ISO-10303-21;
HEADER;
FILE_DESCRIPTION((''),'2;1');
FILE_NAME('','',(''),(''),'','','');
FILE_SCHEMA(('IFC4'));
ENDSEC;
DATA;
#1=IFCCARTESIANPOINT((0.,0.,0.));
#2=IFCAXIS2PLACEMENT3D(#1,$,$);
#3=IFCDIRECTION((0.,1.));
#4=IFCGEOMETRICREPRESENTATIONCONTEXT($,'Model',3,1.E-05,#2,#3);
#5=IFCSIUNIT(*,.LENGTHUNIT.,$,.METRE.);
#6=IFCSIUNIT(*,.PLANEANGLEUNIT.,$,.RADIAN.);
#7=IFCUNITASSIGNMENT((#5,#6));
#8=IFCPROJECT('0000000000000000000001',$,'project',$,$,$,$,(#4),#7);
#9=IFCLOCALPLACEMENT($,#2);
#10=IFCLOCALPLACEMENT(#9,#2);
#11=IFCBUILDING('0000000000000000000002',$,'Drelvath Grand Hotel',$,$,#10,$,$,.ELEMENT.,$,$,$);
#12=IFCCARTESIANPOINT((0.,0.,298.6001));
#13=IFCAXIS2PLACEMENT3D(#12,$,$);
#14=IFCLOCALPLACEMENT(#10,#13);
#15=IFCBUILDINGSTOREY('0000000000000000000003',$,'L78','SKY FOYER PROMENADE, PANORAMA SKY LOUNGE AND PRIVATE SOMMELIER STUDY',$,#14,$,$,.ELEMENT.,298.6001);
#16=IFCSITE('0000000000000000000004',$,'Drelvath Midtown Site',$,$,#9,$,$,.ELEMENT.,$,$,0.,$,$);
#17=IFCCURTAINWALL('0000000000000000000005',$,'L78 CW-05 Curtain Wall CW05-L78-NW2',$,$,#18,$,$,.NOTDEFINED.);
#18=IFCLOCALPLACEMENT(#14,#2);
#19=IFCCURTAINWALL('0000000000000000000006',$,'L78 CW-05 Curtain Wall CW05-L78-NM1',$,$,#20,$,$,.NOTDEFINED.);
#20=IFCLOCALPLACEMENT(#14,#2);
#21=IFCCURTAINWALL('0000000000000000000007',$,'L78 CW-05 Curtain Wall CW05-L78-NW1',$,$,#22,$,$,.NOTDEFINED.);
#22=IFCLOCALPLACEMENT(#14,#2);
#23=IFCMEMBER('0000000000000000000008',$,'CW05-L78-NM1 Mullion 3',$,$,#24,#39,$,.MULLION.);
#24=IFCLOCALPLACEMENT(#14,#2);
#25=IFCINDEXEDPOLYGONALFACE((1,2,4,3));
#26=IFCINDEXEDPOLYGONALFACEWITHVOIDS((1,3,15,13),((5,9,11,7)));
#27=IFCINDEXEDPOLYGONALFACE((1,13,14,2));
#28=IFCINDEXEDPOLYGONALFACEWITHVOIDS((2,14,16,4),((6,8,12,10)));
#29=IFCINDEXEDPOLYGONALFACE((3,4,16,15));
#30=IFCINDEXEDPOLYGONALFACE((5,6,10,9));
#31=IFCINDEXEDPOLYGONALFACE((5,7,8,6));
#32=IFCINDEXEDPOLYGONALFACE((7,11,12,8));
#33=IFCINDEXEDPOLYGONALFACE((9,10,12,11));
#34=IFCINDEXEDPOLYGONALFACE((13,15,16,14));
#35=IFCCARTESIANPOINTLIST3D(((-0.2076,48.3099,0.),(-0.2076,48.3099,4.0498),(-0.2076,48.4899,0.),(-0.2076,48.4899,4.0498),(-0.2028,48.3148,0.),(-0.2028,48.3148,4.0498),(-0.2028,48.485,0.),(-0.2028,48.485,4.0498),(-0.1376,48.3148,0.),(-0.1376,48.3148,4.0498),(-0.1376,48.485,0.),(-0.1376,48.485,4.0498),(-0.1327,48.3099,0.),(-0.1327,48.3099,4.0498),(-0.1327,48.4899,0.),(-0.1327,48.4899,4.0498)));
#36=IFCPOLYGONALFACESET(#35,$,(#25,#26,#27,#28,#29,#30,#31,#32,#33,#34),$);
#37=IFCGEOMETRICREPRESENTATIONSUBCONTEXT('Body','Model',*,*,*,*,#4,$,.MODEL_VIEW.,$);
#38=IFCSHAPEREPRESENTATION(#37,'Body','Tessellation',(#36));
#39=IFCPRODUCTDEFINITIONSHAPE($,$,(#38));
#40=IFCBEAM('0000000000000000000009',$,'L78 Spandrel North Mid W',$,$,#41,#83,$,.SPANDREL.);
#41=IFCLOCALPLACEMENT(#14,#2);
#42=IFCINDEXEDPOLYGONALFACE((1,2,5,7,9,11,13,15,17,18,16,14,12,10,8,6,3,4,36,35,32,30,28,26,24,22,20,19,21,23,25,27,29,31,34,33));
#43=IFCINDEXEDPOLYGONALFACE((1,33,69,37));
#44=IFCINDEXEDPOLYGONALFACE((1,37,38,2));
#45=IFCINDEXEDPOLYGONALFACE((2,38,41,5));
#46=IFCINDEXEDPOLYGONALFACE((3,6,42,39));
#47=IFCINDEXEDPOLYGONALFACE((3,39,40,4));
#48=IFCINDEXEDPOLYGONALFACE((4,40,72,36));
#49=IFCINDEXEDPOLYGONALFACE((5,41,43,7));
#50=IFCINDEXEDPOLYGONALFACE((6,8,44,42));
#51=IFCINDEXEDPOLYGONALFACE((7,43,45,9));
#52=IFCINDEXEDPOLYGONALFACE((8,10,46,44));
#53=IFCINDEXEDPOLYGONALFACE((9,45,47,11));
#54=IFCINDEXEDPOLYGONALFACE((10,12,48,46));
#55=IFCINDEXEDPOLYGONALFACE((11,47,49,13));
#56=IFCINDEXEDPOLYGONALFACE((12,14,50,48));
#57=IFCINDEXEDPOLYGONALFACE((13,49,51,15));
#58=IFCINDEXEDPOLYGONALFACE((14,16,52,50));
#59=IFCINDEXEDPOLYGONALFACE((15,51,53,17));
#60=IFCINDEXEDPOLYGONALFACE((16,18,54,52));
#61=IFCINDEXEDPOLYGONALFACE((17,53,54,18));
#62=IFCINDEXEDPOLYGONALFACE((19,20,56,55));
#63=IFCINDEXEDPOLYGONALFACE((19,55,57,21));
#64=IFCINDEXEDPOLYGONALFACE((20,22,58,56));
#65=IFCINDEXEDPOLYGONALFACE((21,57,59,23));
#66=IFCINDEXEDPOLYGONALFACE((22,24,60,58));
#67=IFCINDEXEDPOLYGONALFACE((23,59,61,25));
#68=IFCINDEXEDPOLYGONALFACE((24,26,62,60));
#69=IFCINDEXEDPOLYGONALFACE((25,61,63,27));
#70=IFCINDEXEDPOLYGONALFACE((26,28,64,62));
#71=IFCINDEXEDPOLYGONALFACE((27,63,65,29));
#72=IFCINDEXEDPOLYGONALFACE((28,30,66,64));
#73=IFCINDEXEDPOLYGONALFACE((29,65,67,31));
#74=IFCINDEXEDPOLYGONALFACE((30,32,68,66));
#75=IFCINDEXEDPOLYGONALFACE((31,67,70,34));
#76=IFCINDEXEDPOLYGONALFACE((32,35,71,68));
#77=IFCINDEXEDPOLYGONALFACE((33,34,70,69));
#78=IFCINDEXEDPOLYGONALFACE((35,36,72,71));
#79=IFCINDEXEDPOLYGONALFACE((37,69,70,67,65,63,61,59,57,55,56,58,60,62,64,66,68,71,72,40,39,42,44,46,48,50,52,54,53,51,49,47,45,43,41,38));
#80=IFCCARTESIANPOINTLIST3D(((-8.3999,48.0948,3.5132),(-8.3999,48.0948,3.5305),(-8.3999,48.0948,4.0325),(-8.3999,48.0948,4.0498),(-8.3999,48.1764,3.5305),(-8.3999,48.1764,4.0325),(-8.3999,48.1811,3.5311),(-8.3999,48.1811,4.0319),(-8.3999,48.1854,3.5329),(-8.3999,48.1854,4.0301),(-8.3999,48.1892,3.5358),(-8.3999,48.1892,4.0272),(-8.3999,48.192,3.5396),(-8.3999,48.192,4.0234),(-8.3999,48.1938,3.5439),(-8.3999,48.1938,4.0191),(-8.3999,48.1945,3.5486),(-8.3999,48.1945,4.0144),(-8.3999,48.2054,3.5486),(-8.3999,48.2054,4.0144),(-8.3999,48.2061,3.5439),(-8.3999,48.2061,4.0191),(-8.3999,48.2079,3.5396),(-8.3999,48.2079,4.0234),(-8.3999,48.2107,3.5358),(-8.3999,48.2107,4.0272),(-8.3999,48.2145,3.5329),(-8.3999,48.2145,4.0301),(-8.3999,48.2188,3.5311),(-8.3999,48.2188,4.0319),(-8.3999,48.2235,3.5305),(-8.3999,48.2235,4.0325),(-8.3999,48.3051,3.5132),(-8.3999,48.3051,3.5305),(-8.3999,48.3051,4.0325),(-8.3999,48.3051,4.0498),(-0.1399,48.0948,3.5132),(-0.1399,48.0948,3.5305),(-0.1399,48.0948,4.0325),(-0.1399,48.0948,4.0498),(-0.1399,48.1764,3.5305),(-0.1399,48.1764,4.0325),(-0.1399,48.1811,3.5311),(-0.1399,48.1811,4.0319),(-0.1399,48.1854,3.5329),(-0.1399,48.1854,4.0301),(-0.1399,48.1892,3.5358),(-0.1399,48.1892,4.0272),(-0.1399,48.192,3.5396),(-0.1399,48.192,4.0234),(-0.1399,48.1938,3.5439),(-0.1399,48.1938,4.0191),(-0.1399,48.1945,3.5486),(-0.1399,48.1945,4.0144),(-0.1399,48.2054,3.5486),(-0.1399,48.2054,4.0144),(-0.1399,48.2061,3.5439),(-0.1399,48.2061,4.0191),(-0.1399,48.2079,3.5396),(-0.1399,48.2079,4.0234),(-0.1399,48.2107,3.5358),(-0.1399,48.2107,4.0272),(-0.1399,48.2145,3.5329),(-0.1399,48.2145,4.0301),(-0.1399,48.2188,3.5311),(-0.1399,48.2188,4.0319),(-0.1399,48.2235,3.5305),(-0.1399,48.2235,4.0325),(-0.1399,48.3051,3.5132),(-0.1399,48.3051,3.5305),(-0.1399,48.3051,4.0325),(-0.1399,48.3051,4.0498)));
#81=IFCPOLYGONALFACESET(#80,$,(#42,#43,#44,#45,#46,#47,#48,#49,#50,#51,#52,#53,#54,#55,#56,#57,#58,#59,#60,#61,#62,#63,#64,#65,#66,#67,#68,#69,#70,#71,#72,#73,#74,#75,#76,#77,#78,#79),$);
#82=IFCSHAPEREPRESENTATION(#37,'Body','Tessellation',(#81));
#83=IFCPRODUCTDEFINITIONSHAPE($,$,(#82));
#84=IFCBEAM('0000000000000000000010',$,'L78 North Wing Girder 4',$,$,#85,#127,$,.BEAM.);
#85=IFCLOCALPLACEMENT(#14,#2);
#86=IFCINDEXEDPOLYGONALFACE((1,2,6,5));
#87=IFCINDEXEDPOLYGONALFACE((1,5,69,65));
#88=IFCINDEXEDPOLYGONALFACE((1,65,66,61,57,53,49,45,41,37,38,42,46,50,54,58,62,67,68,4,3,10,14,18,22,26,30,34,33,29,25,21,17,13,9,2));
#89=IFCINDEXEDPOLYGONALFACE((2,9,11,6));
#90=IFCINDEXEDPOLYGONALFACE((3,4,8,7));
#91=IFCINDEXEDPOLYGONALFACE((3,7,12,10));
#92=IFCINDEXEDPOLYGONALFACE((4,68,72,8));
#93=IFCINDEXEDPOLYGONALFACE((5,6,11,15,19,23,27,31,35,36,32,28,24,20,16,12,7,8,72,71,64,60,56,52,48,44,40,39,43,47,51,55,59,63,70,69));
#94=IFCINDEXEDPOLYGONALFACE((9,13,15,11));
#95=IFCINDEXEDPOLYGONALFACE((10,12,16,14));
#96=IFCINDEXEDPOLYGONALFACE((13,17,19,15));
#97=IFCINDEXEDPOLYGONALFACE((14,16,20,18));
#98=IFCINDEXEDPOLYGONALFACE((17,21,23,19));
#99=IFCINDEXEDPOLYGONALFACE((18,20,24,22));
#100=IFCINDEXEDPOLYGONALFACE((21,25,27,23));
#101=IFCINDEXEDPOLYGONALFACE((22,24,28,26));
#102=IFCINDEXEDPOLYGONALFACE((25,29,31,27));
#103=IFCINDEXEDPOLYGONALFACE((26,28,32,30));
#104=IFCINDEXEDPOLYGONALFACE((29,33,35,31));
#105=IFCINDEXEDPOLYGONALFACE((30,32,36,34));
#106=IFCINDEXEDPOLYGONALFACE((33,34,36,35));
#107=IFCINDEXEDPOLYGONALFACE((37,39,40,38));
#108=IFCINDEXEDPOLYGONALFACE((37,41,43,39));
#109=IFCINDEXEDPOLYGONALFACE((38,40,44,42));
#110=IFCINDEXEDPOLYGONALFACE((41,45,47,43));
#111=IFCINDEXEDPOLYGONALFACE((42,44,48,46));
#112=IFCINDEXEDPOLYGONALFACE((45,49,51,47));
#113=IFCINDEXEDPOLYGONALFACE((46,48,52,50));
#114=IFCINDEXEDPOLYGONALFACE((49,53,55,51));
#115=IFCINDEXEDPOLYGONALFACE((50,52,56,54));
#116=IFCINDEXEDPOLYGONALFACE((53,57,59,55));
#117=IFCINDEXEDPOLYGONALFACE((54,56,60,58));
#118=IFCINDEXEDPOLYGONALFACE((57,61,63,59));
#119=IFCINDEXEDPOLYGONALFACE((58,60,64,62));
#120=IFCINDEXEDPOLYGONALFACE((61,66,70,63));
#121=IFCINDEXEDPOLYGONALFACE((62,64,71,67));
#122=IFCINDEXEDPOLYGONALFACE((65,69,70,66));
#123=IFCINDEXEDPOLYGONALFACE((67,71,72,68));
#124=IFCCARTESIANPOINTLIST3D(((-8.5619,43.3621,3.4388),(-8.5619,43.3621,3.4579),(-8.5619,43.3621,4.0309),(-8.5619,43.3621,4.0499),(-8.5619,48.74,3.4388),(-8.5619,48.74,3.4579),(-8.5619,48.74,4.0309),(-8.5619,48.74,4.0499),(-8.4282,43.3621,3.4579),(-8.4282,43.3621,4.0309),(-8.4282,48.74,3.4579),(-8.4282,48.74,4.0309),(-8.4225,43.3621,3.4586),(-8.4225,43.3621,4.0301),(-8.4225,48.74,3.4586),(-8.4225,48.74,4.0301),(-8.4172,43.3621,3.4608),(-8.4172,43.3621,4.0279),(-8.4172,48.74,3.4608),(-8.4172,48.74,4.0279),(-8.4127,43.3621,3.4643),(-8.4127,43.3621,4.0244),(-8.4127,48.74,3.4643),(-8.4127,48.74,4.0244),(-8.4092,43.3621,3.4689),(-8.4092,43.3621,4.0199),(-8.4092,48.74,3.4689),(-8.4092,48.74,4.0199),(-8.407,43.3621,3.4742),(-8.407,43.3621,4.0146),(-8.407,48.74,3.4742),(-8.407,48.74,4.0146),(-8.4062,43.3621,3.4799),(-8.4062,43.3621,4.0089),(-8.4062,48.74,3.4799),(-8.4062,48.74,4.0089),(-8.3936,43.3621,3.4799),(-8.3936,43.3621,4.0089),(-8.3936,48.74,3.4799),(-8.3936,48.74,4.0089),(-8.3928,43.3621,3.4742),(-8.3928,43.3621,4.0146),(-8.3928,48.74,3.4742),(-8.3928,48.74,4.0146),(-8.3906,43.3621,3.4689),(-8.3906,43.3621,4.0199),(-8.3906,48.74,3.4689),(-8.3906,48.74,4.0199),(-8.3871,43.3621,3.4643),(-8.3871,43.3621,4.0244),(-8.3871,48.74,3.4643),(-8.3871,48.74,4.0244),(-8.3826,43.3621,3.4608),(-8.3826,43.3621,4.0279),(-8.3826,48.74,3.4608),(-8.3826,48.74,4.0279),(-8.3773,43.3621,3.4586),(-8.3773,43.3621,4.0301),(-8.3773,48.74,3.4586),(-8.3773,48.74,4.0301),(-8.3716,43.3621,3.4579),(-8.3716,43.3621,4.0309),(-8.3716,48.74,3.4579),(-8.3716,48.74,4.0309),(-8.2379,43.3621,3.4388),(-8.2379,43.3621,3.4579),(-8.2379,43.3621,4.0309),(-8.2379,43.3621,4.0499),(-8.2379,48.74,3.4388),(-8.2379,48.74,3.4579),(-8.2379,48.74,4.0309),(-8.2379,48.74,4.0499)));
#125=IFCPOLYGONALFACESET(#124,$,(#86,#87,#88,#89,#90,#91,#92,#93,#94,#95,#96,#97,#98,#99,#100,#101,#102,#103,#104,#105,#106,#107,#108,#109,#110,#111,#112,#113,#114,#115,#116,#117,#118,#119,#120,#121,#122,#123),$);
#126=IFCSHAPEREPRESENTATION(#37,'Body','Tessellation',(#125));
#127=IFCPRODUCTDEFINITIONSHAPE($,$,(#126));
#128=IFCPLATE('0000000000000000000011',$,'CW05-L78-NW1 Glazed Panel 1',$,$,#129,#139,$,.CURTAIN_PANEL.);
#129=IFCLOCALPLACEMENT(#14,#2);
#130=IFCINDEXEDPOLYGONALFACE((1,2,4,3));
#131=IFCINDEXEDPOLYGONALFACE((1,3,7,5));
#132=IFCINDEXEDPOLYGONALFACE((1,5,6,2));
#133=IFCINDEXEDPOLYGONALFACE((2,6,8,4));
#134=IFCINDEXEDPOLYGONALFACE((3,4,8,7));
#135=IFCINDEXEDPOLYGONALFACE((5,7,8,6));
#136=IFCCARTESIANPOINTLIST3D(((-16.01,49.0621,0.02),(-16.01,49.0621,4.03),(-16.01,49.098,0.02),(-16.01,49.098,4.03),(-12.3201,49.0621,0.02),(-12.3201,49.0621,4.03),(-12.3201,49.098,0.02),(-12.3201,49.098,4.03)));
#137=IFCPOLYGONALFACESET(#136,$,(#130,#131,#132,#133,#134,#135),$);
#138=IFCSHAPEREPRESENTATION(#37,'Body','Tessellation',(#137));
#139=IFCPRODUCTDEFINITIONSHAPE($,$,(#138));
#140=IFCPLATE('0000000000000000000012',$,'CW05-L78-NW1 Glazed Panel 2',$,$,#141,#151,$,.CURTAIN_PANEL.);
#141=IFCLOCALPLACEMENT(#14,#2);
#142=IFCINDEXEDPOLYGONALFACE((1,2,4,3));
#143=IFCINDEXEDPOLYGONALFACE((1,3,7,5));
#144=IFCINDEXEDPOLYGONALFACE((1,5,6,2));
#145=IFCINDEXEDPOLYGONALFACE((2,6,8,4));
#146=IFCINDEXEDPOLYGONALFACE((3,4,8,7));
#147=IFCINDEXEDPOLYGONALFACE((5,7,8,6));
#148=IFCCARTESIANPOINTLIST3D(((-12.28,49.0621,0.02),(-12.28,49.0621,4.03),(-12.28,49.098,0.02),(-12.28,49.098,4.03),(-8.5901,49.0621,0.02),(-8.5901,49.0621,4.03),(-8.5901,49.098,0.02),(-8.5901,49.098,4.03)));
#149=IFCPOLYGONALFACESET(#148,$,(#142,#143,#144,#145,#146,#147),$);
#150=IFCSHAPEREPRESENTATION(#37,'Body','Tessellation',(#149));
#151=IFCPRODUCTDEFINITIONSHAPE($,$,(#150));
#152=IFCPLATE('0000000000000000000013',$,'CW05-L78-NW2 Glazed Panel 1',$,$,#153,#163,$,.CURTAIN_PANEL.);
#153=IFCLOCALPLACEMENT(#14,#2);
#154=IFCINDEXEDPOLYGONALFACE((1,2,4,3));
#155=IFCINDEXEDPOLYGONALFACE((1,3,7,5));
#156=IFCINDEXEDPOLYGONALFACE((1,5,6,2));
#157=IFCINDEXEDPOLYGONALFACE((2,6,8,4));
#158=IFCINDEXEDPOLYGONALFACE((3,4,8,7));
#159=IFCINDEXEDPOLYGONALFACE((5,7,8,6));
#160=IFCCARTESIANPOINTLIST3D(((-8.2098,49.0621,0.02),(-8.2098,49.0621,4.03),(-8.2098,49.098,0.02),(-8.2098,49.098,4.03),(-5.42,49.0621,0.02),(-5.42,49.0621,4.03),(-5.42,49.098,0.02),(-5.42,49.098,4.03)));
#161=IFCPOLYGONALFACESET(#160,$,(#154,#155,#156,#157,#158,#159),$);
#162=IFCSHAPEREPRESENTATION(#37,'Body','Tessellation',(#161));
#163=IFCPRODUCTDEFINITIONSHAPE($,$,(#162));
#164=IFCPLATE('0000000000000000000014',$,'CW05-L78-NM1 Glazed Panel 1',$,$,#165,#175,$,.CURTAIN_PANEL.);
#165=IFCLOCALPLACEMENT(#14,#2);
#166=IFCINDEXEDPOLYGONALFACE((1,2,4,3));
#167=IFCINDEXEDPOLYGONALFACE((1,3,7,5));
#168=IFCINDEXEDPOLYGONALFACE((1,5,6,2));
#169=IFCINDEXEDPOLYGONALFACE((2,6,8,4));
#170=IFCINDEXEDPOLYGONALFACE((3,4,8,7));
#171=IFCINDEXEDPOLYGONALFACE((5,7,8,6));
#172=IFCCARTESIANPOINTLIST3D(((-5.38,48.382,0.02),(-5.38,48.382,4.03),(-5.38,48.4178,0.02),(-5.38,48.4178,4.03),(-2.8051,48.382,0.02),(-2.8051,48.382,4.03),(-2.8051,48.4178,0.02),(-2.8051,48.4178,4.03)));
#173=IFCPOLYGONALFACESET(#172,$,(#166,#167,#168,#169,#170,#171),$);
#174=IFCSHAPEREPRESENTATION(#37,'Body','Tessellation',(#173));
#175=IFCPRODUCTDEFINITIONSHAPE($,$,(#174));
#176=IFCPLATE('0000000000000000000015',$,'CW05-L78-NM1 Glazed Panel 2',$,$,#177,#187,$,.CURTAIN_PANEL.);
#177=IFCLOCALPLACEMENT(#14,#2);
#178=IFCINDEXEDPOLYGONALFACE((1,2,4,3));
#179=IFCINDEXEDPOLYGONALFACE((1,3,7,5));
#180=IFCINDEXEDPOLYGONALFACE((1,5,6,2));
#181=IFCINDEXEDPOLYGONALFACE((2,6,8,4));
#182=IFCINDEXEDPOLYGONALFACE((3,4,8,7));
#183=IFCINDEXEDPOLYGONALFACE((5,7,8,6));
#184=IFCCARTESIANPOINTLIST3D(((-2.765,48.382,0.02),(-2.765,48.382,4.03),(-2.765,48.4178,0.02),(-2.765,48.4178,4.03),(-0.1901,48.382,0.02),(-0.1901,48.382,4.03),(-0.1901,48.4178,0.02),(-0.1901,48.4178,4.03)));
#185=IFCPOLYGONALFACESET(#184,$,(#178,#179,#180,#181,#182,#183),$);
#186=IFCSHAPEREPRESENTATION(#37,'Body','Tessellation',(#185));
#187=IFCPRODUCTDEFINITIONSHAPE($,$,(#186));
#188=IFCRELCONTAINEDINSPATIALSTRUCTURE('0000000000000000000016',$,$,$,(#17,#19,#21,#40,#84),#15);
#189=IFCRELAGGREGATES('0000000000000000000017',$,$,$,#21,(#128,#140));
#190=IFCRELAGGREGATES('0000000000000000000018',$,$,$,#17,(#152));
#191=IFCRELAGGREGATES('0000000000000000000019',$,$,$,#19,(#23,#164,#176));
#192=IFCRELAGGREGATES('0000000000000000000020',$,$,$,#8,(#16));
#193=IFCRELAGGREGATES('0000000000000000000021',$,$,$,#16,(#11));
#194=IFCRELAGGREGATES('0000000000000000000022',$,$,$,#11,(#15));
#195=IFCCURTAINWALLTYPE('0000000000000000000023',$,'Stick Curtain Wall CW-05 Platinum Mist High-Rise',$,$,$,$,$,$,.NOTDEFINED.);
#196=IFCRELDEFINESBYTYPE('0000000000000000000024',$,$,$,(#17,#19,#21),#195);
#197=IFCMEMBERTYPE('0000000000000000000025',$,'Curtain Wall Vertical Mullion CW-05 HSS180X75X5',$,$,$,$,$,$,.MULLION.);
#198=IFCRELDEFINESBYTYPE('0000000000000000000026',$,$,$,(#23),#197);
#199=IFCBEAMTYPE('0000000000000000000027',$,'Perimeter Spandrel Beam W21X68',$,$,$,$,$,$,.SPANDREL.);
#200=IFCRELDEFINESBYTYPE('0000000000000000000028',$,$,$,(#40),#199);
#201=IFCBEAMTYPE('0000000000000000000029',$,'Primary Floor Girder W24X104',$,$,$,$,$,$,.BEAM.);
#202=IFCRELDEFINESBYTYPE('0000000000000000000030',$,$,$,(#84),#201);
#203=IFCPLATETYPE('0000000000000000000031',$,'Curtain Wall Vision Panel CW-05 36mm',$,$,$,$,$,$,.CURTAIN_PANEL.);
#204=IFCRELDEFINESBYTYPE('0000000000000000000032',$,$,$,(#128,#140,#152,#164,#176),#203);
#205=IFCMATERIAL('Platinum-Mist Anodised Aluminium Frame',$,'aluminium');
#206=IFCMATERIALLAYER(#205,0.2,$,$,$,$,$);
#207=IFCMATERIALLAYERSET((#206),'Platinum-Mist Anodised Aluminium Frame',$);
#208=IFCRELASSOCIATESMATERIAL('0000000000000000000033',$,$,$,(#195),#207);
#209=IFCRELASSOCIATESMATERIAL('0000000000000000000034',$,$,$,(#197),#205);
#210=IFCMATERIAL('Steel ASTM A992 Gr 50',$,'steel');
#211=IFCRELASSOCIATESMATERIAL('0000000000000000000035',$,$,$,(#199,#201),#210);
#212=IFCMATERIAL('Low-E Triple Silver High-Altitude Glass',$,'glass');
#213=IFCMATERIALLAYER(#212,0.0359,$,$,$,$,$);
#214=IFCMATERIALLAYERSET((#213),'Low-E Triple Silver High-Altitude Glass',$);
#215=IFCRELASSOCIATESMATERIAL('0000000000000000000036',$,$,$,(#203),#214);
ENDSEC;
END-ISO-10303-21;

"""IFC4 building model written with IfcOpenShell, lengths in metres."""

from ifc_helpers import new_model, si_unit, direction, frame, origin, origin_2d, place, context, subcontext, project, spatial, rectangle, hollow_rectangle, i_section, extrude, material, layer, layer_set, material_profile, profile_set, type_object, element, aggregate, save


model = new_model("IFC4")

# Units and contexts
model_context = context("Model", 3, precision=1e-05, world=origin(), true_north=direction((0.0, 1.0)))
body_context = subcontext(model_context, "Body", "Model", "MODEL_VIEW")
ifc_project = project(units=[si_unit("LENGTHUNIT", "METRE"), si_unit("PLANEANGLEUNIT", "RADIAN")], contexts=[model_context])

# Site, building, storey
site_placement = place(None, origin())
site = spatial("IfcSite", under=ifc_project, at=site_placement, Name="Drelvath Midtown Site", CompositionType="ELEMENT", RefElevation=0.0)
building_placement = place(site_placement, origin())
building = spatial("IfcBuilding", under=site, at=building_placement, Name="Drelvath Grand Hotel", CompositionType="ELEMENT")
storey_placement = place(building_placement, frame((0.0, 0.0, 298.6001)))
storey = spatial("IfcBuildingStorey", under=building, at=storey_placement, Name="L78", Description="SKY FOYER PROMENADE, PANORAMA SKY LOUNGE AND PRIVATE SOMMELIER STUDY", CompositionType="ELEMENT", Elevation=298.6001)

# Curtain walls
ifc_material_1 = material(Name="Platinum-Mist Anodised Aluminium Frame", Category="aluminium")
ifc_layer_1 = layer(ifc_material_1, 0.2)
ifc_layer_set_1 = layer_set([ifc_layer_1], Name="Platinum-Mist Anodised Aluminium Frame")
curtain_wall_type = type_object("IfcCurtainWallType", Name="Stick Curtain Wall CW-05 Platinum Mist High-Rise", PredefinedType="NOTDEFINED", material=ifc_layer_set_1)
curtain_wall_1_placement = place(storey_placement, origin())
curtain_wall_1 = element("IfcCurtainWall", 1, at=curtain_wall_1_placement, inside=storey, type_object=curtain_wall_type, Name="L78 CW-05 Curtain Wall CW05-L78-NW2", PredefinedType="NOTDEFINED")
curtain_wall_2_placement = place(storey_placement, origin())
curtain_wall_2 = element("IfcCurtainWall", 2, at=curtain_wall_2_placement, inside=storey, type_object=curtain_wall_type, Name="L78 CW-05 Curtain Wall CW05-L78-NM1", PredefinedType="NOTDEFINED")

# Curtain wall
curtain_wall_3_placement = place(storey_placement, origin())
curtain_wall_3 = element("IfcCurtainWall", 3, at=curtain_wall_3_placement, inside=storey, type_object=curtain_wall_type, Name="L78 CW-05 Curtain Wall CW05-L78-NW1", PredefinedType="NOTDEFINED")
ifc_material_profile_1 = material_profile(ifc_material_1, hollow_rectangle(XDim=0.075, YDim=0.1799, WallThickness=0.0049, at=origin_2d()), Name="HSS180X75X5")
ifc_profile_set_1 = profile_set([ifc_material_profile_1], Name="Platinum-Mist Anodised Aluminium Frame")
member_type_1 = type_object("IfcMemberType", Name="Curtain Wall Vertical Mullion CW-05 HSS180X75X5", PredefinedType="MULLION", material=ifc_profile_set_1)

# Member
member_1_placement = place(storey_placement, frame((-0.1702, 48.3999, 0.0), z_axis=(0.0, 0.0, 1.0), x_axis=(1.0, 0.0, 0.0)))
member_1 = element("IfcMember", 4, at=member_1_placement, type_object=member_type_1, Name="CW05-L78-NM1 Mullion 3", PredefinedType="MULLION", context=body_context, shape_type="SweptSolid", body=[
    extrude(hollow_rectangle(XDim=0.075, YDim=0.1799, WallThickness=0.0049, at=origin_2d()), origin(), (0.0, 0.0, 1.0), 4.0498),
])

# Beams
ifc_material_2 = material(Name="Steel ASTM A992 Gr 50", Category="steel")
ifc_material_profile_2 = material_profile(ifc_material_2, i_section(OverallWidth=0.2102, OverallDepth=0.5366, WebThickness=0.011, FlangeThickness=0.0173, FilletRadius=0.0181, at=origin_2d()), Name="W21X68")
ifc_profile_set_2 = profile_set([ifc_material_profile_2], Name="Steel ASTM A992 Gr 50")
beam_type_1 = type_object("IfcBeamType", Name="Perimeter Spandrel Beam W21X68", PredefinedType="SPANDREL", material=ifc_profile_set_2)
beam_1_placement = place(storey_placement, frame((-8.3999, 48.2, 3.7815), z_axis=(1.0, 0.0, 0.0), x_axis=(0.0, 1.0, 0.0)))
element("IfcBeam", 5, at=beam_1_placement, inside=storey, type_object=beam_type_1, Name="L78 Spandrel North Mid W", PredefinedType="SPANDREL", context=body_context, shape_type="SweptSolid", body=[
    extrude(i_section(OverallWidth=0.2102, OverallDepth=0.5366, WebThickness=0.011, FlangeThickness=0.0173, FilletRadius=0.0181, at=origin_2d()), origin(), (0.0, 0.0, 1.0), 8.26),
])
ifc_material_profile_3 = material_profile(ifc_material_2, i_section(OverallWidth=0.324, OverallDepth=0.6111, WebThickness=0.0127, FlangeThickness=0.019, FilletRadius=0.022, at=origin_2d()), Name="W24X104")
ifc_profile_set_3 = profile_set([ifc_material_profile_3], Name="Steel ASTM A992 Gr 50")
beam_type_2 = type_object("IfcBeamType", Name="Primary Floor Girder W24X104", PredefinedType="BEAM", material=ifc_profile_set_3)
beam_2_placement = place(storey_placement, frame((-8.3999, 43.3621, 3.7444), z_axis=(0.0, 1.0, 0.0), x_axis=(-1.0, 0.0, 0.0)))
element("IfcBeam", 6, at=beam_2_placement, inside=storey, type_object=beam_type_2, Name="L78 North Wing Girder 4", PredefinedType="BEAM", context=body_context, shape_type="SweptSolid", body=[
    extrude(i_section(OverallWidth=0.324, OverallDepth=0.6111, WebThickness=0.0127, FlangeThickness=0.019, FilletRadius=0.022, at=origin_2d()), origin(), (0.0, 0.0, 1.0), 5.3779),
])

# Plates
ifc_material_3 = material(Name="Low-E Triple Silver High-Altitude Glass", Category="glass")
ifc_layer_2 = layer(ifc_material_3, 0.0359)
ifc_layer_set_2 = layer_set([ifc_layer_2], Name="Low-E Triple Silver High-Altitude Glass")
plate_type = type_object("IfcPlateType", Name="Curtain Wall Vision Panel CW-05 36mm", PredefinedType="CURTAIN_PANEL", material=ifc_layer_set_2)
plate_1_placement = place(storey_placement, frame((-14.165, 49.0801, 0.02), z_axis=(0.0, 0.0, 1.0), x_axis=(1.0, 0.0, 0.0)))
plate_1 = element("IfcPlate", 7, at=plate_1_placement, type_object=plate_type, Name="CW05-L78-NW1 Glazed Panel 1", PredefinedType="CURTAIN_PANEL", context=body_context, shape_type="SweptSolid", body=[
    extrude(rectangle(XDim=3.6899, YDim=0.0359, at=origin_2d()), origin(), (0.0, 0.0, 1.0), 4.01),
])
plate_2_placement = place(storey_placement, frame((-10.4351, 49.0801, 0.02), z_axis=(0.0, 0.0, 1.0), x_axis=(1.0, 0.0, 0.0)))
plate_2 = element("IfcPlate", 8, at=plate_2_placement, type_object=plate_type, Name="CW05-L78-NW1 Glazed Panel 2", PredefinedType="CURTAIN_PANEL", context=body_context, shape_type="SweptSolid", body=[
    extrude(rectangle(XDim=3.6899, YDim=0.0359, at=origin_2d()), origin(), (0.0, 0.0, 1.0), 4.01),
])
aggregate(curtain_wall_3, [plate_1, plate_2])
plate_3_placement = place(storey_placement, frame((-6.8149, 49.0801, 0.02), z_axis=(0.0, 0.0, 1.0), x_axis=(1.0, 0.0, 0.0)))
plate_3 = element("IfcPlate", 9, at=plate_3_placement, type_object=plate_type, Name="CW05-L78-NW2 Glazed Panel 1", PredefinedType="CURTAIN_PANEL", context=body_context, shape_type="SweptSolid", body=[
    extrude(rectangle(XDim=2.7898, YDim=0.0359, at=origin_2d()), origin(), (0.0, 0.0, 1.0), 4.01),
])
aggregate(curtain_wall_1, [plate_3])
plate_4_placement = place(storey_placement, frame((-4.0925, 48.3999, 0.02), z_axis=(0.0, 0.0, 1.0), x_axis=(1.0, 0.0, 0.0)))
plate_4 = element("IfcPlate", 10, at=plate_4_placement, type_object=plate_type, Name="CW05-L78-NM1 Glazed Panel 1", PredefinedType="CURTAIN_PANEL", context=body_context, shape_type="SweptSolid", body=[
    extrude(rectangle(XDim=2.575, YDim=0.0359, at=origin_2d()), origin(), (0.0, 0.0, 1.0), 4.01),
])
plate_5_placement = place(storey_placement, frame((-1.4775, 48.3999, 0.02), z_axis=(0.0, 0.0, 1.0), x_axis=(1.0, 0.0, 0.0)))
plate_5 = element("IfcPlate", 11, at=plate_5_placement, type_object=plate_type, Name="CW05-L78-NM1 Glazed Panel 2", PredefinedType="CURTAIN_PANEL", context=body_context, shape_type="SweptSolid", body=[
    extrude(rectangle(XDim=2.575, YDim=0.0359, at=origin_2d()), origin(), (0.0, 0.0, 1.0), 4.01),
])
aggregate(curtain_wall_2, [member_1, plate_4, plate_5])

save(model, "model.ifc")
